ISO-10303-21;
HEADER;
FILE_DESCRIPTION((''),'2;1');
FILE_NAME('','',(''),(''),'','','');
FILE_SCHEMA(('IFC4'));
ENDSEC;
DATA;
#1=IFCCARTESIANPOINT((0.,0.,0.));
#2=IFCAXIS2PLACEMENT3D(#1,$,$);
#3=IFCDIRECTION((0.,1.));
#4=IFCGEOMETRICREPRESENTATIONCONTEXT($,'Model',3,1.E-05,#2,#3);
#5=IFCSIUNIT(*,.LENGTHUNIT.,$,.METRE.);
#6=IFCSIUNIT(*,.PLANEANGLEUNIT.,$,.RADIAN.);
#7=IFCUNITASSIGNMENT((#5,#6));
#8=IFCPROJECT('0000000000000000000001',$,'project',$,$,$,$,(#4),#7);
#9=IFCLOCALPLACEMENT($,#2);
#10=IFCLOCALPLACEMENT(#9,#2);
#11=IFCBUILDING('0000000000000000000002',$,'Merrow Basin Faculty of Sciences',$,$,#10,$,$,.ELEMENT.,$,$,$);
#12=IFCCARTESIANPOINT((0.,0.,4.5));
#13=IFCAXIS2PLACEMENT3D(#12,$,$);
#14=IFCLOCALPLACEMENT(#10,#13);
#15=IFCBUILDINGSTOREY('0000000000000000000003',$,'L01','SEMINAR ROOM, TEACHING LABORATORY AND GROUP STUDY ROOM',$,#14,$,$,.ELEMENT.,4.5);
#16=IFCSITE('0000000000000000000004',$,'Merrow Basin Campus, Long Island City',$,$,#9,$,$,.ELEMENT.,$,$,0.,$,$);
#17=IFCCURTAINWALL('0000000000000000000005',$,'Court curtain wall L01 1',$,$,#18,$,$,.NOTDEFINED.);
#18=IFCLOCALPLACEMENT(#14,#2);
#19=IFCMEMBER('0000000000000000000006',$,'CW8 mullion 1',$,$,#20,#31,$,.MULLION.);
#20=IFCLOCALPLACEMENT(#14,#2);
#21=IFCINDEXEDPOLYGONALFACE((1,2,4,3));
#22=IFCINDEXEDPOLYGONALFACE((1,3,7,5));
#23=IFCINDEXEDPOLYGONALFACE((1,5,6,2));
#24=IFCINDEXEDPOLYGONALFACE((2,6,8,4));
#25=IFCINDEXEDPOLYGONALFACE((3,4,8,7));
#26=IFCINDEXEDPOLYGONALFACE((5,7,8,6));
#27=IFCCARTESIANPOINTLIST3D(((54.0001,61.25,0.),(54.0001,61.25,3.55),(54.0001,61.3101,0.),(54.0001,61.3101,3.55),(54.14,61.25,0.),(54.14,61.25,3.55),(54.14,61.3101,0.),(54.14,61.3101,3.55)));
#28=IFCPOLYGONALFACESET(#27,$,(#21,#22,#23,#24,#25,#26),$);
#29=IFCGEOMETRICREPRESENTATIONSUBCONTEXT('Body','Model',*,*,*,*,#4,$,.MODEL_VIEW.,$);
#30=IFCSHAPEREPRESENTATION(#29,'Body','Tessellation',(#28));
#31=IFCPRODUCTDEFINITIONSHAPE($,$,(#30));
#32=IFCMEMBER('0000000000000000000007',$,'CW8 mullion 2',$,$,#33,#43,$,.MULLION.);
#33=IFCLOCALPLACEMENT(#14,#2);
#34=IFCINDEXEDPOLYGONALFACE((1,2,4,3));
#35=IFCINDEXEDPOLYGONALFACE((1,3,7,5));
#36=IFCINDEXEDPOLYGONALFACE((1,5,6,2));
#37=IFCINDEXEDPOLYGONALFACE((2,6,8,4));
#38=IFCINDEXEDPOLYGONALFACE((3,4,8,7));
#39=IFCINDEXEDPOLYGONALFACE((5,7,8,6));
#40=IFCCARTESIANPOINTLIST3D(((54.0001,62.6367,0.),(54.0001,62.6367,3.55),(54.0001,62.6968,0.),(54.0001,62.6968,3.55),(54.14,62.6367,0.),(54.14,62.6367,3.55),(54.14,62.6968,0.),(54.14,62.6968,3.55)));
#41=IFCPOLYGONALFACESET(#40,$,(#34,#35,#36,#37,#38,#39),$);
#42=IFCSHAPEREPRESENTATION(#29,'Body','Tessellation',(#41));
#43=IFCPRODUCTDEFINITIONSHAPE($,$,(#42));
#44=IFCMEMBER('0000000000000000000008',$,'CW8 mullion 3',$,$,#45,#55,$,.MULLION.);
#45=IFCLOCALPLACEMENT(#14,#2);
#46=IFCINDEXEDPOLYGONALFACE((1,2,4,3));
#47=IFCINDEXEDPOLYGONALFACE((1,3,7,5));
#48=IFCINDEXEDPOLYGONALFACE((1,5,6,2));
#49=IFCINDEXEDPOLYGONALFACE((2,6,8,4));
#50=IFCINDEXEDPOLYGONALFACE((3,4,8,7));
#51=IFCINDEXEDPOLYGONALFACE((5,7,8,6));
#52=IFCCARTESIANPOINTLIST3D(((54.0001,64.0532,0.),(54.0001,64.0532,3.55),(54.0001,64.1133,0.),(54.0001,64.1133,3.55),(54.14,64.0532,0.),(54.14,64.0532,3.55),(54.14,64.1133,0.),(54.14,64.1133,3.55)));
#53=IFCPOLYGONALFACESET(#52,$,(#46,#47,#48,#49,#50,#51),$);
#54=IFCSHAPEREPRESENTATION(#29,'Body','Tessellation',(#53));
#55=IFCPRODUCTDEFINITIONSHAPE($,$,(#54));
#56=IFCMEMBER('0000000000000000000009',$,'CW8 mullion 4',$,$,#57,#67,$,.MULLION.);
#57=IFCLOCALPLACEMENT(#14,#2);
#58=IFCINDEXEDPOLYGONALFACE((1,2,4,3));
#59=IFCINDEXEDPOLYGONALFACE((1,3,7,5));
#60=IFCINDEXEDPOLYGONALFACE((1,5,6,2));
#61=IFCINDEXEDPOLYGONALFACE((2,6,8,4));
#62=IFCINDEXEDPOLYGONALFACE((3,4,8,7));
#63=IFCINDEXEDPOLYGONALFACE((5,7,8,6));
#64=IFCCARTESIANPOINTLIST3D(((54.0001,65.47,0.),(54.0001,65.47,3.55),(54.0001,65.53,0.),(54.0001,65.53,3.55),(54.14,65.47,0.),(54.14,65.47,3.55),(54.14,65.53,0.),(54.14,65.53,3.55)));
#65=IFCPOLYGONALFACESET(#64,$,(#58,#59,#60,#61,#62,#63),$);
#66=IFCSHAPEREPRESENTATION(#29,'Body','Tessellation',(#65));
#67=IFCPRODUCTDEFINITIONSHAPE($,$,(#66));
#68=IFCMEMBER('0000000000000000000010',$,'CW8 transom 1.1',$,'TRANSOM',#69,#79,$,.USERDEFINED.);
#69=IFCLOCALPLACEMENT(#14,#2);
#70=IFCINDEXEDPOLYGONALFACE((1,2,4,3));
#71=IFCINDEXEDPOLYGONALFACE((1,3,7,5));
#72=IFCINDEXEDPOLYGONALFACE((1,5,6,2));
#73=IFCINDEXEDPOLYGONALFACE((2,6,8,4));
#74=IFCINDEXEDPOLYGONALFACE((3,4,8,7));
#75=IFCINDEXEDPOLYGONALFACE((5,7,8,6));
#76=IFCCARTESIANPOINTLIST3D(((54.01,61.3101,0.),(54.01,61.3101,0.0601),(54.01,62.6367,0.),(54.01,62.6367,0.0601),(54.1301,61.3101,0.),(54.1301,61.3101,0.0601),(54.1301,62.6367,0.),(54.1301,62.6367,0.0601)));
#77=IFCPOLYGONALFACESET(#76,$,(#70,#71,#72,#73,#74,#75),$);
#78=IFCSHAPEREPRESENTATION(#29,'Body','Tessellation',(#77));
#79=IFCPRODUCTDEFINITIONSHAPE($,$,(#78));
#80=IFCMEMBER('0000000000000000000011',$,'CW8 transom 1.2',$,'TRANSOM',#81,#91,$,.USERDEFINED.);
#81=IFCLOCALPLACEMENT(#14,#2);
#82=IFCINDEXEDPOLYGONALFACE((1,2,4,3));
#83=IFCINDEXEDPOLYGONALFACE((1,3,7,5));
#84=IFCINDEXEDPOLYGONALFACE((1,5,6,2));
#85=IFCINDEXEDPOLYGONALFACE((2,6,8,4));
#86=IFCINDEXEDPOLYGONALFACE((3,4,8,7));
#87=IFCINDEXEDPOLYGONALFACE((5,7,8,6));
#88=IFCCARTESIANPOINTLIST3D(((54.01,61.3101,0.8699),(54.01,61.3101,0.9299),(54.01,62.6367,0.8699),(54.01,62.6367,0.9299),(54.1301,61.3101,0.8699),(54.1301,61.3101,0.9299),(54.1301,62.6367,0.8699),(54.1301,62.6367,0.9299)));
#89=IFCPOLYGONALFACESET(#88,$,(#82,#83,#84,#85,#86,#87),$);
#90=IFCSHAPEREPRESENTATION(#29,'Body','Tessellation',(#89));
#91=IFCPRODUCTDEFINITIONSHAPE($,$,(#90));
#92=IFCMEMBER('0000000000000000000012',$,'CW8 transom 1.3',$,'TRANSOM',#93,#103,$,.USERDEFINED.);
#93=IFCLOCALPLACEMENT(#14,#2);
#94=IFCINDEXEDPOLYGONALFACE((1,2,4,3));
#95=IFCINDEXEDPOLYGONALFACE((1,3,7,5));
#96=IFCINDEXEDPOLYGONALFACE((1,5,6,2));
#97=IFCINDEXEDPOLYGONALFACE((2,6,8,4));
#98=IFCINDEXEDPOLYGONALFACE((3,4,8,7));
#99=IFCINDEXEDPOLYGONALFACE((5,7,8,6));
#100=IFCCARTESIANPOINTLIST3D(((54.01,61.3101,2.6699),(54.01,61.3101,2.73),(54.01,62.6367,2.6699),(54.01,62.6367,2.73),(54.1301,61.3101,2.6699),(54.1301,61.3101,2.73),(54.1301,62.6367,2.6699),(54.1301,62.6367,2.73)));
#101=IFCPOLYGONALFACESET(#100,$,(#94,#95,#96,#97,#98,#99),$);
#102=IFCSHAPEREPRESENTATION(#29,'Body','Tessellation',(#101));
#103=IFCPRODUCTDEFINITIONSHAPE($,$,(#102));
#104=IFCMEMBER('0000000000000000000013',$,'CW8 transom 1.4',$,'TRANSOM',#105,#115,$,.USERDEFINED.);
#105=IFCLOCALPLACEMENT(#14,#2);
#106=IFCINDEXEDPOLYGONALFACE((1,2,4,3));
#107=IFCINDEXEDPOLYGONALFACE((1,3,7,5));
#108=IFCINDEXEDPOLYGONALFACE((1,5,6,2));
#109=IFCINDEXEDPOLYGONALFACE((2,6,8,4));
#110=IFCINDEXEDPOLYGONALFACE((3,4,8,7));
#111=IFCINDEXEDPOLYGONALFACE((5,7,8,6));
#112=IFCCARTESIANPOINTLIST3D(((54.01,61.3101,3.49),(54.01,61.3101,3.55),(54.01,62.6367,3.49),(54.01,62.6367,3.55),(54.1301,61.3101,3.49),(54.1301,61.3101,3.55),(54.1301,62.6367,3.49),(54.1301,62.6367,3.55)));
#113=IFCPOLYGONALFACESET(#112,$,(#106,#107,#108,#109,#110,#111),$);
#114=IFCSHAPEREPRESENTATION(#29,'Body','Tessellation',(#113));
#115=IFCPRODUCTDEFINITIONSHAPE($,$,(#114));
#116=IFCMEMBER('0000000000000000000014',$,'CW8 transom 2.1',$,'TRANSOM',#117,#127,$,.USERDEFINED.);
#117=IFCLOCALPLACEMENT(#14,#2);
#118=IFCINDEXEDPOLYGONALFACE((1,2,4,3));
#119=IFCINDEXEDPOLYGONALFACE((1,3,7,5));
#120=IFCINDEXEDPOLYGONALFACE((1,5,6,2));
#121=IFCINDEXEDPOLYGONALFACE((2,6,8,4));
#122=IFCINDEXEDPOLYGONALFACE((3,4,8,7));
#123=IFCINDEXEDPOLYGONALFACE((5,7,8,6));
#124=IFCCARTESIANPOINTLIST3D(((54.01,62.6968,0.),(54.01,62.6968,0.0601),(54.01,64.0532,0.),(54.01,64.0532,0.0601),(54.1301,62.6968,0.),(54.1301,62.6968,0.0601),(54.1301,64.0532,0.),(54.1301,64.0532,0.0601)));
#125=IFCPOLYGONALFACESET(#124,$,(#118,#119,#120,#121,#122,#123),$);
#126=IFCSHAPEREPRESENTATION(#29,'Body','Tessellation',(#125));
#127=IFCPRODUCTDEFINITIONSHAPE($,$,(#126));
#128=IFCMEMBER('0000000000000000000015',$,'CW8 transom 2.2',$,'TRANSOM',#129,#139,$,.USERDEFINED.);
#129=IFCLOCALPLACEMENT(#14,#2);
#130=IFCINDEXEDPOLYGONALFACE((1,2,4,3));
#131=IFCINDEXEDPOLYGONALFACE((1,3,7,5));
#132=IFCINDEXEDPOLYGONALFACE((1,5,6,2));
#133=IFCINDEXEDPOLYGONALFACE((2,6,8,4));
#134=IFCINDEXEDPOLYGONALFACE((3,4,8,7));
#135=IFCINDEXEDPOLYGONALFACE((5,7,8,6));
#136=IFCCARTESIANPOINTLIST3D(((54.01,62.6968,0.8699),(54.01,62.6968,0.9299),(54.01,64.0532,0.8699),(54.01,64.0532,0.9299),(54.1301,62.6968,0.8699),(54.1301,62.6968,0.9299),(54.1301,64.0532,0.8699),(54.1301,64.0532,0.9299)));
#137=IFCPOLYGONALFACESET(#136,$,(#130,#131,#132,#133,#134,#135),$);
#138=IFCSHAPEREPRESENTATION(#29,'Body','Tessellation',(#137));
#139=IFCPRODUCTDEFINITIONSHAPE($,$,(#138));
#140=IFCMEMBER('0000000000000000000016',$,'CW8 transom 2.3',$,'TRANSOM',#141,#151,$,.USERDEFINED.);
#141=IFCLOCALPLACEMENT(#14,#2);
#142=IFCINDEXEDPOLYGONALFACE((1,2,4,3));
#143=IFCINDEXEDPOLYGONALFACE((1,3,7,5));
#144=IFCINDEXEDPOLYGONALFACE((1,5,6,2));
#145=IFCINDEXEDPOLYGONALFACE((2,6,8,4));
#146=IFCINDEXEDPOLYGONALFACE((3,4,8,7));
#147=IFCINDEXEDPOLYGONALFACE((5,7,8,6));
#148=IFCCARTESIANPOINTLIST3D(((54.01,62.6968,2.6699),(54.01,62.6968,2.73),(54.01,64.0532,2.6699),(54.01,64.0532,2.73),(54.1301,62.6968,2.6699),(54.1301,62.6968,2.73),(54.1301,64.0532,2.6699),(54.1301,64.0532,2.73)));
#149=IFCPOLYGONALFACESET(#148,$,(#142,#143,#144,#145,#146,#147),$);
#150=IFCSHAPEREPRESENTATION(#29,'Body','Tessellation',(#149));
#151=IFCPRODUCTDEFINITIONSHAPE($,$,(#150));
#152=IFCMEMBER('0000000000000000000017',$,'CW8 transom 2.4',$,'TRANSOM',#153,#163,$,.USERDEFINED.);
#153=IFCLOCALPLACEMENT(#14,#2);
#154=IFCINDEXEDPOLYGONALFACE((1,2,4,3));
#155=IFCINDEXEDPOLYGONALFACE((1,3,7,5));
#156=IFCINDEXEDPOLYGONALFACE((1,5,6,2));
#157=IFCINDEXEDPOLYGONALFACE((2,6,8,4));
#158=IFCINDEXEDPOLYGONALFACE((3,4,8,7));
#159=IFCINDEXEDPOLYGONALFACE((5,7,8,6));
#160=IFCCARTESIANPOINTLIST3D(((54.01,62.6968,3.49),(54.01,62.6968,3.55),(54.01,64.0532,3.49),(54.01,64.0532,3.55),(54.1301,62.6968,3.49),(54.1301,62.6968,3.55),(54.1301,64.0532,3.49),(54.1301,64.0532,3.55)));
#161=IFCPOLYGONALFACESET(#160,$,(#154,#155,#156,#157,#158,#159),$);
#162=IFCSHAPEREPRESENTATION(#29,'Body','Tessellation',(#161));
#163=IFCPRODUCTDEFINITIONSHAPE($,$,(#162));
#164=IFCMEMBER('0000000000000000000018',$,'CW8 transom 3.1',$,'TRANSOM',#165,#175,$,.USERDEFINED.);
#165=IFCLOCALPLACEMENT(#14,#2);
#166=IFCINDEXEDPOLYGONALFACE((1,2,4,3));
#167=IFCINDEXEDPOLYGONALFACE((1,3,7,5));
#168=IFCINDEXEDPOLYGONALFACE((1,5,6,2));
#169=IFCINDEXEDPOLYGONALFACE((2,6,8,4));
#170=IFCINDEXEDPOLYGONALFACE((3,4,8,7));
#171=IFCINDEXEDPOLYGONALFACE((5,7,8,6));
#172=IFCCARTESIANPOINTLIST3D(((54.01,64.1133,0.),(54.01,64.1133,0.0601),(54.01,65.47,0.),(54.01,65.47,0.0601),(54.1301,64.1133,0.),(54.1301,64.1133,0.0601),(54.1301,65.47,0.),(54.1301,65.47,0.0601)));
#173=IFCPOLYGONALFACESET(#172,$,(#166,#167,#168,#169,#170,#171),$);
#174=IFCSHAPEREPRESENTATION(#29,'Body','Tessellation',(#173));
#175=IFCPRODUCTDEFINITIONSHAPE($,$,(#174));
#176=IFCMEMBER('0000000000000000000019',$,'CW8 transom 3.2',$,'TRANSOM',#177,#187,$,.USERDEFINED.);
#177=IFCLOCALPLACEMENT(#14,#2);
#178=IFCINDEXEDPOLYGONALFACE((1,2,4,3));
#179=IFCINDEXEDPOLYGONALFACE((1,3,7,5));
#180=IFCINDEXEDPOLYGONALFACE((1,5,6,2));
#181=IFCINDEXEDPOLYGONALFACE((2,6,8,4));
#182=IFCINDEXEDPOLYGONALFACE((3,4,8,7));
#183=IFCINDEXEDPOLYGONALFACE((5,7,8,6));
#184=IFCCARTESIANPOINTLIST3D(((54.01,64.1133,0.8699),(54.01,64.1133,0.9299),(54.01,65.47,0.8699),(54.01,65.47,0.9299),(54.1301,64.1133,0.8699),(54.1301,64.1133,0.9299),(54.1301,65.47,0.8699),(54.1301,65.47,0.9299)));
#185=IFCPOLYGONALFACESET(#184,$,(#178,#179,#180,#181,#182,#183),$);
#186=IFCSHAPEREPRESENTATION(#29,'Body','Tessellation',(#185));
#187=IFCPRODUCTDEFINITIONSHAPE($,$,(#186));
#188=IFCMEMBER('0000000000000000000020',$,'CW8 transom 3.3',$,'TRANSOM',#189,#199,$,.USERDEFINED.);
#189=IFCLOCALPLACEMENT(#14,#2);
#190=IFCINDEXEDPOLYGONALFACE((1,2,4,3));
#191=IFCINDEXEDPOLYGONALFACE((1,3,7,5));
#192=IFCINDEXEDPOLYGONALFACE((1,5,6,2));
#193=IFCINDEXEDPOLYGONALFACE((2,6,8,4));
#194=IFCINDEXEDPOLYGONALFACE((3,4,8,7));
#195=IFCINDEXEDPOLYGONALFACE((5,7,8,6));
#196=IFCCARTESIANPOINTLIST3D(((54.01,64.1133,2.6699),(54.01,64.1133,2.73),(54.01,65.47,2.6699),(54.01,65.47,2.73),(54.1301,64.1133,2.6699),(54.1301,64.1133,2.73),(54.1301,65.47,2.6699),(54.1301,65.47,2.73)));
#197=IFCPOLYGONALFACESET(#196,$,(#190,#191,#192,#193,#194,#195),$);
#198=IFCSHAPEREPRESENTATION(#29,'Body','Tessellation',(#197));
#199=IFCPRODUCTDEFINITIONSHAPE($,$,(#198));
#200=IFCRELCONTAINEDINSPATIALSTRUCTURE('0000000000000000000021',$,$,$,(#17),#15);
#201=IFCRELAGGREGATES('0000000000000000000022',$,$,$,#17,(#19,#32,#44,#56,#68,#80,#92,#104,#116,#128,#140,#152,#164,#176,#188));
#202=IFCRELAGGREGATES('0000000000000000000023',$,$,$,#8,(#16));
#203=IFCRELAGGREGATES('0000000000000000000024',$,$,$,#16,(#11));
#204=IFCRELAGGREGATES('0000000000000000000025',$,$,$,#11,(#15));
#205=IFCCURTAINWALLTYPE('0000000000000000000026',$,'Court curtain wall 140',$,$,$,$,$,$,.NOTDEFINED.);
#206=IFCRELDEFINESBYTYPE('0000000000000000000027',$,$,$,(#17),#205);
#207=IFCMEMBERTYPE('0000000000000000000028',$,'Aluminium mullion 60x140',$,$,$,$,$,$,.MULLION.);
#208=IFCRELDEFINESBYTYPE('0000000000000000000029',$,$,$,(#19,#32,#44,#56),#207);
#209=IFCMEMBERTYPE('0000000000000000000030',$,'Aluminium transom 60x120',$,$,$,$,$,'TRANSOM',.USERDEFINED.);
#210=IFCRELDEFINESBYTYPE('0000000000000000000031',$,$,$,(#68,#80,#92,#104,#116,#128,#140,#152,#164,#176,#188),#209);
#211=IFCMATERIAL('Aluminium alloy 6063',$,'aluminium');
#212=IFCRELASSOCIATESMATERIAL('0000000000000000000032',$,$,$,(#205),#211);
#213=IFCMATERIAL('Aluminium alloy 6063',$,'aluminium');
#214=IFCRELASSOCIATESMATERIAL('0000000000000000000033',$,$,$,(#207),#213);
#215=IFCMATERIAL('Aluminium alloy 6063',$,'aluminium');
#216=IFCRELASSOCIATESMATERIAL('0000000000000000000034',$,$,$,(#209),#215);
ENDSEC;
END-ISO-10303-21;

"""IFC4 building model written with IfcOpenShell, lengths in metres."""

from ifc_helpers import new_model, si_unit, direction, frame, origin, origin_2d, place, context, subcontext, project, spatial, rectangle, extrude, material, material_profile, profile_set, type_object, element, aggregate, save


model = new_model("IFC4")

# Units and contexts
model_context = context("Model", 3, precision=1e-05, world=origin(), true_north=direction((0.0, 1.0)))
body_context = subcontext(model_context, "Body", "Model", "MODEL_VIEW")
ifc_project = project(units=[si_unit("LENGTHUNIT", "METRE"), si_unit("PLANEANGLEUNIT", "RADIAN")], contexts=[model_context])

# Site, building, storey
site_placement = place(None, origin())
site = spatial("IfcSite", under=ifc_project, at=site_placement, Name="Merrow Basin Campus, Long Island City", CompositionType="ELEMENT", RefElevation=0.0)
building_placement = place(site_placement, origin())
building = spatial("IfcBuilding", under=site, at=building_placement, Name="Merrow Basin Faculty of Sciences", CompositionType="ELEMENT")
storey_placement = place(building_placement, frame((0.0, 0.0, 4.5)))
storey = spatial("IfcBuildingStorey", under=building, at=storey_placement, Name="L01", Description="SEMINAR ROOM, TEACHING LABORATORY AND GROUP STUDY ROOM", CompositionType="ELEMENT", Elevation=4.5)

# Curtain wall, members
ifc_material_1 = material(Name="Aluminium alloy 6063", Category="aluminium")
curtain_wall_type = type_object("IfcCurtainWallType", Name="Court curtain wall 140", PredefinedType="NOTDEFINED", material=ifc_material_1)
curtain_wall_placement = place(storey_placement, origin())
curtain_wall = element("IfcCurtainWall", 1, at=curtain_wall_placement, inside=storey, type_object=curtain_wall_type, Name="Court curtain wall L01 1", PredefinedType="NOTDEFINED")
ifc_material_2 = material(Name="Aluminium alloy 6063", Category="aluminium")
ifc_material_profile_1 = material_profile(ifc_material_2, rectangle(XDim=0.1399, YDim=0.0601, at=origin_2d()))
ifc_profile_set_1 = profile_set([ifc_material_profile_1], Name="Aluminium alloy 6063")
member_type_1 = type_object("IfcMemberType", Name="Aluminium mullion 60x140", PredefinedType="MULLION", material=ifc_profile_set_1)
member_1_placement = place(storey_placement, frame((54.0701, 61.28, 0.0), z_axis=(0.0, 0.0, 1.0), x_axis=(-1.0, 0.0, 0.0)))
member_1 = element("IfcMember", 2, at=member_1_placement, type_object=member_type_1, Name="CW8 mullion 1", PredefinedType="MULLION", context=body_context, shape_type="SweptSolid", body=[
    extrude(rectangle(XDim=0.1399, YDim=0.0601, at=origin_2d()), origin(), (0.0, 0.0, 1.0), 3.55),
])
member_2_placement = place(storey_placement, frame((54.0701, 62.6667, 0.0), z_axis=(0.0, 0.0, 1.0), x_axis=(-1.0, 0.0, 0.0)))
member_2 = element("IfcMember", 3, at=member_2_placement, type_object=member_type_1, Name="CW8 mullion 2", PredefinedType="MULLION", context=body_context, shape_type="SweptSolid", body=[
    extrude(rectangle(XDim=0.1399, YDim=0.0601, at=origin_2d()), origin(), (0.0, 0.0, 1.0), 3.55),
])
member_3_placement = place(storey_placement, frame((54.0701, 64.0833, 0.0), z_axis=(0.0, 0.0, 1.0), x_axis=(-1.0, 0.0, 0.0)))
member_3 = element("IfcMember", 4, at=member_3_placement, type_object=member_type_1, Name="CW8 mullion 3", PredefinedType="MULLION", context=body_context, shape_type="SweptSolid", body=[
    extrude(rectangle(XDim=0.1399, YDim=0.0601, at=origin_2d()), origin(), (0.0, 0.0, 1.0), 3.55),
])
member_4_placement = place(storey_placement, frame((54.0701, 65.5, 0.0), z_axis=(0.0, 0.0, 1.0), x_axis=(-1.0, 0.0, 0.0)))
member_4 = element("IfcMember", 5, at=member_4_placement, type_object=member_type_1, Name="CW8 mullion 4", PredefinedType="MULLION", context=body_context, shape_type="SweptSolid", body=[
    extrude(rectangle(XDim=0.1399, YDim=0.0601, at=origin_2d()), origin(), (0.0, 0.0, 1.0), 3.55),
])
ifc_material_3 = material(Name="Aluminium alloy 6063", Category="aluminium")
ifc_material_profile_2 = material_profile(ifc_material_3, rectangle(XDim=0.1201, YDim=0.0601, at=origin_2d()))
ifc_profile_set_2 = profile_set([ifc_material_profile_2], Name="Aluminium alloy 6063")
member_type_2 = type_object("IfcMemberType", Name="Aluminium transom 60x120", ElementType="TRANSOM", PredefinedType="USERDEFINED", material=ifc_profile_set_2)
member_5_placement = place(storey_placement, frame((54.0701, 61.3101, 0.03), z_axis=(0.0, 1.0, 0.0), x_axis=(-1.0, 0.0, 0.0)))
member_5 = element("IfcMember", 6, at=member_5_placement, type_object=member_type_2, Name="CW8 transom 1.1", ObjectType="TRANSOM", PredefinedType="USERDEFINED", context=body_context, shape_type="SweptSolid", body=[
    extrude(rectangle(XDim=0.1201, YDim=0.0601, at=origin_2d()), origin(), (0.0, 0.0, 1.0), 1.3267),
])
member_6_placement = place(storey_placement, frame((54.0701, 61.3101, 0.8999), z_axis=(0.0, 1.0, 0.0), x_axis=(-1.0, 0.0, 0.0)))
member_6 = element("IfcMember", 7, at=member_6_placement, type_object=member_type_2, Name="CW8 transom 1.2", ObjectType="TRANSOM", PredefinedType="USERDEFINED", context=body_context, shape_type="SweptSolid", body=[
    extrude(rectangle(XDim=0.1201, YDim=0.0601, at=origin_2d()), origin(), (0.0, 0.0, 1.0), 1.3267),
])
member_7_placement = place(storey_placement, frame((54.0701, 61.3101, 2.7), z_axis=(0.0, 1.0, 0.0), x_axis=(-1.0, 0.0, 0.0)))
member_7 = element("IfcMember", 8, at=member_7_placement, type_object=member_type_2, Name="CW8 transom 1.3", ObjectType="TRANSOM", PredefinedType="USERDEFINED", context=body_context, shape_type="SweptSolid", body=[
    extrude(rectangle(XDim=0.1201, YDim=0.0601, at=origin_2d()), origin(), (0.0, 0.0, 1.0), 1.3267),
])
member_8_placement = place(storey_placement, frame((54.0701, 61.3101, 3.52), z_axis=(0.0, 1.0, 0.0), x_axis=(-1.0, 0.0, 0.0)))
member_8 = element("IfcMember", 9, at=member_8_placement, type_object=member_type_2, Name="CW8 transom 1.4", ObjectType="TRANSOM", PredefinedType="USERDEFINED", context=body_context, shape_type="SweptSolid", body=[
    extrude(rectangle(XDim=0.1201, YDim=0.0601, at=origin_2d()), origin(), (0.0, 0.0, 1.0), 1.3267),
])
member_9_placement = place(storey_placement, frame((54.0701, 62.6968, 0.03), z_axis=(0.0, 1.0, 0.0), x_axis=(-1.0, 0.0, 0.0)))
member_9 = element("IfcMember", 10, at=member_9_placement, type_object=member_type_2, Name="CW8 transom 2.1", ObjectType="TRANSOM", PredefinedType="USERDEFINED", context=body_context, shape_type="SweptSolid", body=[
    extrude(rectangle(XDim=0.1201, YDim=0.0601, at=origin_2d()), origin(), (0.0, 0.0, 1.0), 1.3564),
])
member_10_placement = place(storey_placement, frame((54.0701, 62.6968, 0.8999), z_axis=(0.0, 1.0, 0.0), x_axis=(-1.0, 0.0, 0.0)))
member_10 = element("IfcMember", 11, at=member_10_placement, type_object=member_type_2, Name="CW8 transom 2.2", ObjectType="TRANSOM", PredefinedType="USERDEFINED", context=body_context, shape_type="SweptSolid", body=[
    extrude(rectangle(XDim=0.1201, YDim=0.0601, at=origin_2d()), origin(), (0.0, 0.0, 1.0), 1.3564),
])
member_11_placement = place(storey_placement, frame((54.0701, 62.6968, 2.7), z_axis=(0.0, 1.0, 0.0), x_axis=(-1.0, 0.0, 0.0)))
member_11 = element("IfcMember", 12, at=member_11_placement, type_object=member_type_2, Name="CW8 transom 2.3", ObjectType="TRANSOM", PredefinedType="USERDEFINED", context=body_context, shape_type="SweptSolid", body=[
    extrude(rectangle(XDim=0.1201, YDim=0.0601, at=origin_2d()), origin(), (0.0, 0.0, 1.0), 1.3564),
])
member_12_placement = place(storey_placement, frame((54.0701, 62.6968, 3.52), z_axis=(0.0, 1.0, 0.0), x_axis=(-1.0, 0.0, 0.0)))
member_12 = element("IfcMember", 13, at=member_12_placement, type_object=member_type_2, Name="CW8 transom 2.4", ObjectType="TRANSOM", PredefinedType="USERDEFINED", context=body_context, shape_type="SweptSolid", body=[
    extrude(rectangle(XDim=0.1201, YDim=0.0601, at=origin_2d()), origin(), (0.0, 0.0, 1.0), 1.3564),
])
member_13_placement = place(storey_placement, frame((54.0701, 64.1133, 0.03), z_axis=(0.0, 1.0, 0.0), x_axis=(-1.0, 0.0, 0.0)))
member_13 = element("IfcMember", 14, at=member_13_placement, type_object=member_type_2, Name="CW8 transom 3.1", ObjectType="TRANSOM", PredefinedType="USERDEFINED", context=body_context, shape_type="SweptSolid", body=[
    extrude(rectangle(XDim=0.1201, YDim=0.0601, at=origin_2d()), origin(), (0.0, 0.0, 1.0), 1.3567),
])
member_14_placement = place(storey_placement, frame((54.0701, 64.1133, 0.8999), z_axis=(0.0, 1.0, 0.0), x_axis=(-1.0, 0.0, 0.0)))
member_14 = element("IfcMember", 15, at=member_14_placement, type_object=member_type_2, Name="CW8 transom 3.2", ObjectType="TRANSOM", PredefinedType="USERDEFINED", context=body_context, shape_type="SweptSolid", body=[
    extrude(rectangle(XDim=0.1201, YDim=0.0601, at=origin_2d()), origin(), (0.0, 0.0, 1.0), 1.3567),
])
member_15_placement = place(storey_placement, frame((54.0701, 64.1133, 2.7), z_axis=(0.0, 1.0, 0.0), x_axis=(-1.0, 0.0, 0.0)))
member_15 = element("IfcMember", 16, at=member_15_placement, type_object=member_type_2, Name="CW8 transom 3.3", ObjectType="TRANSOM", PredefinedType="USERDEFINED", context=body_context, shape_type="SweptSolid", body=[
    extrude(rectangle(XDim=0.1201, YDim=0.0601, at=origin_2d()), origin(), (0.0, 0.0, 1.0), 1.3567),
])

aggregate(curtain_wall, [member_1, member_2, member_3, member_4, member_5, member_6, member_7, member_8, member_9, member_10, member_11, member_12, member_13, member_14, member_15])

save(model, "model.ifc")
